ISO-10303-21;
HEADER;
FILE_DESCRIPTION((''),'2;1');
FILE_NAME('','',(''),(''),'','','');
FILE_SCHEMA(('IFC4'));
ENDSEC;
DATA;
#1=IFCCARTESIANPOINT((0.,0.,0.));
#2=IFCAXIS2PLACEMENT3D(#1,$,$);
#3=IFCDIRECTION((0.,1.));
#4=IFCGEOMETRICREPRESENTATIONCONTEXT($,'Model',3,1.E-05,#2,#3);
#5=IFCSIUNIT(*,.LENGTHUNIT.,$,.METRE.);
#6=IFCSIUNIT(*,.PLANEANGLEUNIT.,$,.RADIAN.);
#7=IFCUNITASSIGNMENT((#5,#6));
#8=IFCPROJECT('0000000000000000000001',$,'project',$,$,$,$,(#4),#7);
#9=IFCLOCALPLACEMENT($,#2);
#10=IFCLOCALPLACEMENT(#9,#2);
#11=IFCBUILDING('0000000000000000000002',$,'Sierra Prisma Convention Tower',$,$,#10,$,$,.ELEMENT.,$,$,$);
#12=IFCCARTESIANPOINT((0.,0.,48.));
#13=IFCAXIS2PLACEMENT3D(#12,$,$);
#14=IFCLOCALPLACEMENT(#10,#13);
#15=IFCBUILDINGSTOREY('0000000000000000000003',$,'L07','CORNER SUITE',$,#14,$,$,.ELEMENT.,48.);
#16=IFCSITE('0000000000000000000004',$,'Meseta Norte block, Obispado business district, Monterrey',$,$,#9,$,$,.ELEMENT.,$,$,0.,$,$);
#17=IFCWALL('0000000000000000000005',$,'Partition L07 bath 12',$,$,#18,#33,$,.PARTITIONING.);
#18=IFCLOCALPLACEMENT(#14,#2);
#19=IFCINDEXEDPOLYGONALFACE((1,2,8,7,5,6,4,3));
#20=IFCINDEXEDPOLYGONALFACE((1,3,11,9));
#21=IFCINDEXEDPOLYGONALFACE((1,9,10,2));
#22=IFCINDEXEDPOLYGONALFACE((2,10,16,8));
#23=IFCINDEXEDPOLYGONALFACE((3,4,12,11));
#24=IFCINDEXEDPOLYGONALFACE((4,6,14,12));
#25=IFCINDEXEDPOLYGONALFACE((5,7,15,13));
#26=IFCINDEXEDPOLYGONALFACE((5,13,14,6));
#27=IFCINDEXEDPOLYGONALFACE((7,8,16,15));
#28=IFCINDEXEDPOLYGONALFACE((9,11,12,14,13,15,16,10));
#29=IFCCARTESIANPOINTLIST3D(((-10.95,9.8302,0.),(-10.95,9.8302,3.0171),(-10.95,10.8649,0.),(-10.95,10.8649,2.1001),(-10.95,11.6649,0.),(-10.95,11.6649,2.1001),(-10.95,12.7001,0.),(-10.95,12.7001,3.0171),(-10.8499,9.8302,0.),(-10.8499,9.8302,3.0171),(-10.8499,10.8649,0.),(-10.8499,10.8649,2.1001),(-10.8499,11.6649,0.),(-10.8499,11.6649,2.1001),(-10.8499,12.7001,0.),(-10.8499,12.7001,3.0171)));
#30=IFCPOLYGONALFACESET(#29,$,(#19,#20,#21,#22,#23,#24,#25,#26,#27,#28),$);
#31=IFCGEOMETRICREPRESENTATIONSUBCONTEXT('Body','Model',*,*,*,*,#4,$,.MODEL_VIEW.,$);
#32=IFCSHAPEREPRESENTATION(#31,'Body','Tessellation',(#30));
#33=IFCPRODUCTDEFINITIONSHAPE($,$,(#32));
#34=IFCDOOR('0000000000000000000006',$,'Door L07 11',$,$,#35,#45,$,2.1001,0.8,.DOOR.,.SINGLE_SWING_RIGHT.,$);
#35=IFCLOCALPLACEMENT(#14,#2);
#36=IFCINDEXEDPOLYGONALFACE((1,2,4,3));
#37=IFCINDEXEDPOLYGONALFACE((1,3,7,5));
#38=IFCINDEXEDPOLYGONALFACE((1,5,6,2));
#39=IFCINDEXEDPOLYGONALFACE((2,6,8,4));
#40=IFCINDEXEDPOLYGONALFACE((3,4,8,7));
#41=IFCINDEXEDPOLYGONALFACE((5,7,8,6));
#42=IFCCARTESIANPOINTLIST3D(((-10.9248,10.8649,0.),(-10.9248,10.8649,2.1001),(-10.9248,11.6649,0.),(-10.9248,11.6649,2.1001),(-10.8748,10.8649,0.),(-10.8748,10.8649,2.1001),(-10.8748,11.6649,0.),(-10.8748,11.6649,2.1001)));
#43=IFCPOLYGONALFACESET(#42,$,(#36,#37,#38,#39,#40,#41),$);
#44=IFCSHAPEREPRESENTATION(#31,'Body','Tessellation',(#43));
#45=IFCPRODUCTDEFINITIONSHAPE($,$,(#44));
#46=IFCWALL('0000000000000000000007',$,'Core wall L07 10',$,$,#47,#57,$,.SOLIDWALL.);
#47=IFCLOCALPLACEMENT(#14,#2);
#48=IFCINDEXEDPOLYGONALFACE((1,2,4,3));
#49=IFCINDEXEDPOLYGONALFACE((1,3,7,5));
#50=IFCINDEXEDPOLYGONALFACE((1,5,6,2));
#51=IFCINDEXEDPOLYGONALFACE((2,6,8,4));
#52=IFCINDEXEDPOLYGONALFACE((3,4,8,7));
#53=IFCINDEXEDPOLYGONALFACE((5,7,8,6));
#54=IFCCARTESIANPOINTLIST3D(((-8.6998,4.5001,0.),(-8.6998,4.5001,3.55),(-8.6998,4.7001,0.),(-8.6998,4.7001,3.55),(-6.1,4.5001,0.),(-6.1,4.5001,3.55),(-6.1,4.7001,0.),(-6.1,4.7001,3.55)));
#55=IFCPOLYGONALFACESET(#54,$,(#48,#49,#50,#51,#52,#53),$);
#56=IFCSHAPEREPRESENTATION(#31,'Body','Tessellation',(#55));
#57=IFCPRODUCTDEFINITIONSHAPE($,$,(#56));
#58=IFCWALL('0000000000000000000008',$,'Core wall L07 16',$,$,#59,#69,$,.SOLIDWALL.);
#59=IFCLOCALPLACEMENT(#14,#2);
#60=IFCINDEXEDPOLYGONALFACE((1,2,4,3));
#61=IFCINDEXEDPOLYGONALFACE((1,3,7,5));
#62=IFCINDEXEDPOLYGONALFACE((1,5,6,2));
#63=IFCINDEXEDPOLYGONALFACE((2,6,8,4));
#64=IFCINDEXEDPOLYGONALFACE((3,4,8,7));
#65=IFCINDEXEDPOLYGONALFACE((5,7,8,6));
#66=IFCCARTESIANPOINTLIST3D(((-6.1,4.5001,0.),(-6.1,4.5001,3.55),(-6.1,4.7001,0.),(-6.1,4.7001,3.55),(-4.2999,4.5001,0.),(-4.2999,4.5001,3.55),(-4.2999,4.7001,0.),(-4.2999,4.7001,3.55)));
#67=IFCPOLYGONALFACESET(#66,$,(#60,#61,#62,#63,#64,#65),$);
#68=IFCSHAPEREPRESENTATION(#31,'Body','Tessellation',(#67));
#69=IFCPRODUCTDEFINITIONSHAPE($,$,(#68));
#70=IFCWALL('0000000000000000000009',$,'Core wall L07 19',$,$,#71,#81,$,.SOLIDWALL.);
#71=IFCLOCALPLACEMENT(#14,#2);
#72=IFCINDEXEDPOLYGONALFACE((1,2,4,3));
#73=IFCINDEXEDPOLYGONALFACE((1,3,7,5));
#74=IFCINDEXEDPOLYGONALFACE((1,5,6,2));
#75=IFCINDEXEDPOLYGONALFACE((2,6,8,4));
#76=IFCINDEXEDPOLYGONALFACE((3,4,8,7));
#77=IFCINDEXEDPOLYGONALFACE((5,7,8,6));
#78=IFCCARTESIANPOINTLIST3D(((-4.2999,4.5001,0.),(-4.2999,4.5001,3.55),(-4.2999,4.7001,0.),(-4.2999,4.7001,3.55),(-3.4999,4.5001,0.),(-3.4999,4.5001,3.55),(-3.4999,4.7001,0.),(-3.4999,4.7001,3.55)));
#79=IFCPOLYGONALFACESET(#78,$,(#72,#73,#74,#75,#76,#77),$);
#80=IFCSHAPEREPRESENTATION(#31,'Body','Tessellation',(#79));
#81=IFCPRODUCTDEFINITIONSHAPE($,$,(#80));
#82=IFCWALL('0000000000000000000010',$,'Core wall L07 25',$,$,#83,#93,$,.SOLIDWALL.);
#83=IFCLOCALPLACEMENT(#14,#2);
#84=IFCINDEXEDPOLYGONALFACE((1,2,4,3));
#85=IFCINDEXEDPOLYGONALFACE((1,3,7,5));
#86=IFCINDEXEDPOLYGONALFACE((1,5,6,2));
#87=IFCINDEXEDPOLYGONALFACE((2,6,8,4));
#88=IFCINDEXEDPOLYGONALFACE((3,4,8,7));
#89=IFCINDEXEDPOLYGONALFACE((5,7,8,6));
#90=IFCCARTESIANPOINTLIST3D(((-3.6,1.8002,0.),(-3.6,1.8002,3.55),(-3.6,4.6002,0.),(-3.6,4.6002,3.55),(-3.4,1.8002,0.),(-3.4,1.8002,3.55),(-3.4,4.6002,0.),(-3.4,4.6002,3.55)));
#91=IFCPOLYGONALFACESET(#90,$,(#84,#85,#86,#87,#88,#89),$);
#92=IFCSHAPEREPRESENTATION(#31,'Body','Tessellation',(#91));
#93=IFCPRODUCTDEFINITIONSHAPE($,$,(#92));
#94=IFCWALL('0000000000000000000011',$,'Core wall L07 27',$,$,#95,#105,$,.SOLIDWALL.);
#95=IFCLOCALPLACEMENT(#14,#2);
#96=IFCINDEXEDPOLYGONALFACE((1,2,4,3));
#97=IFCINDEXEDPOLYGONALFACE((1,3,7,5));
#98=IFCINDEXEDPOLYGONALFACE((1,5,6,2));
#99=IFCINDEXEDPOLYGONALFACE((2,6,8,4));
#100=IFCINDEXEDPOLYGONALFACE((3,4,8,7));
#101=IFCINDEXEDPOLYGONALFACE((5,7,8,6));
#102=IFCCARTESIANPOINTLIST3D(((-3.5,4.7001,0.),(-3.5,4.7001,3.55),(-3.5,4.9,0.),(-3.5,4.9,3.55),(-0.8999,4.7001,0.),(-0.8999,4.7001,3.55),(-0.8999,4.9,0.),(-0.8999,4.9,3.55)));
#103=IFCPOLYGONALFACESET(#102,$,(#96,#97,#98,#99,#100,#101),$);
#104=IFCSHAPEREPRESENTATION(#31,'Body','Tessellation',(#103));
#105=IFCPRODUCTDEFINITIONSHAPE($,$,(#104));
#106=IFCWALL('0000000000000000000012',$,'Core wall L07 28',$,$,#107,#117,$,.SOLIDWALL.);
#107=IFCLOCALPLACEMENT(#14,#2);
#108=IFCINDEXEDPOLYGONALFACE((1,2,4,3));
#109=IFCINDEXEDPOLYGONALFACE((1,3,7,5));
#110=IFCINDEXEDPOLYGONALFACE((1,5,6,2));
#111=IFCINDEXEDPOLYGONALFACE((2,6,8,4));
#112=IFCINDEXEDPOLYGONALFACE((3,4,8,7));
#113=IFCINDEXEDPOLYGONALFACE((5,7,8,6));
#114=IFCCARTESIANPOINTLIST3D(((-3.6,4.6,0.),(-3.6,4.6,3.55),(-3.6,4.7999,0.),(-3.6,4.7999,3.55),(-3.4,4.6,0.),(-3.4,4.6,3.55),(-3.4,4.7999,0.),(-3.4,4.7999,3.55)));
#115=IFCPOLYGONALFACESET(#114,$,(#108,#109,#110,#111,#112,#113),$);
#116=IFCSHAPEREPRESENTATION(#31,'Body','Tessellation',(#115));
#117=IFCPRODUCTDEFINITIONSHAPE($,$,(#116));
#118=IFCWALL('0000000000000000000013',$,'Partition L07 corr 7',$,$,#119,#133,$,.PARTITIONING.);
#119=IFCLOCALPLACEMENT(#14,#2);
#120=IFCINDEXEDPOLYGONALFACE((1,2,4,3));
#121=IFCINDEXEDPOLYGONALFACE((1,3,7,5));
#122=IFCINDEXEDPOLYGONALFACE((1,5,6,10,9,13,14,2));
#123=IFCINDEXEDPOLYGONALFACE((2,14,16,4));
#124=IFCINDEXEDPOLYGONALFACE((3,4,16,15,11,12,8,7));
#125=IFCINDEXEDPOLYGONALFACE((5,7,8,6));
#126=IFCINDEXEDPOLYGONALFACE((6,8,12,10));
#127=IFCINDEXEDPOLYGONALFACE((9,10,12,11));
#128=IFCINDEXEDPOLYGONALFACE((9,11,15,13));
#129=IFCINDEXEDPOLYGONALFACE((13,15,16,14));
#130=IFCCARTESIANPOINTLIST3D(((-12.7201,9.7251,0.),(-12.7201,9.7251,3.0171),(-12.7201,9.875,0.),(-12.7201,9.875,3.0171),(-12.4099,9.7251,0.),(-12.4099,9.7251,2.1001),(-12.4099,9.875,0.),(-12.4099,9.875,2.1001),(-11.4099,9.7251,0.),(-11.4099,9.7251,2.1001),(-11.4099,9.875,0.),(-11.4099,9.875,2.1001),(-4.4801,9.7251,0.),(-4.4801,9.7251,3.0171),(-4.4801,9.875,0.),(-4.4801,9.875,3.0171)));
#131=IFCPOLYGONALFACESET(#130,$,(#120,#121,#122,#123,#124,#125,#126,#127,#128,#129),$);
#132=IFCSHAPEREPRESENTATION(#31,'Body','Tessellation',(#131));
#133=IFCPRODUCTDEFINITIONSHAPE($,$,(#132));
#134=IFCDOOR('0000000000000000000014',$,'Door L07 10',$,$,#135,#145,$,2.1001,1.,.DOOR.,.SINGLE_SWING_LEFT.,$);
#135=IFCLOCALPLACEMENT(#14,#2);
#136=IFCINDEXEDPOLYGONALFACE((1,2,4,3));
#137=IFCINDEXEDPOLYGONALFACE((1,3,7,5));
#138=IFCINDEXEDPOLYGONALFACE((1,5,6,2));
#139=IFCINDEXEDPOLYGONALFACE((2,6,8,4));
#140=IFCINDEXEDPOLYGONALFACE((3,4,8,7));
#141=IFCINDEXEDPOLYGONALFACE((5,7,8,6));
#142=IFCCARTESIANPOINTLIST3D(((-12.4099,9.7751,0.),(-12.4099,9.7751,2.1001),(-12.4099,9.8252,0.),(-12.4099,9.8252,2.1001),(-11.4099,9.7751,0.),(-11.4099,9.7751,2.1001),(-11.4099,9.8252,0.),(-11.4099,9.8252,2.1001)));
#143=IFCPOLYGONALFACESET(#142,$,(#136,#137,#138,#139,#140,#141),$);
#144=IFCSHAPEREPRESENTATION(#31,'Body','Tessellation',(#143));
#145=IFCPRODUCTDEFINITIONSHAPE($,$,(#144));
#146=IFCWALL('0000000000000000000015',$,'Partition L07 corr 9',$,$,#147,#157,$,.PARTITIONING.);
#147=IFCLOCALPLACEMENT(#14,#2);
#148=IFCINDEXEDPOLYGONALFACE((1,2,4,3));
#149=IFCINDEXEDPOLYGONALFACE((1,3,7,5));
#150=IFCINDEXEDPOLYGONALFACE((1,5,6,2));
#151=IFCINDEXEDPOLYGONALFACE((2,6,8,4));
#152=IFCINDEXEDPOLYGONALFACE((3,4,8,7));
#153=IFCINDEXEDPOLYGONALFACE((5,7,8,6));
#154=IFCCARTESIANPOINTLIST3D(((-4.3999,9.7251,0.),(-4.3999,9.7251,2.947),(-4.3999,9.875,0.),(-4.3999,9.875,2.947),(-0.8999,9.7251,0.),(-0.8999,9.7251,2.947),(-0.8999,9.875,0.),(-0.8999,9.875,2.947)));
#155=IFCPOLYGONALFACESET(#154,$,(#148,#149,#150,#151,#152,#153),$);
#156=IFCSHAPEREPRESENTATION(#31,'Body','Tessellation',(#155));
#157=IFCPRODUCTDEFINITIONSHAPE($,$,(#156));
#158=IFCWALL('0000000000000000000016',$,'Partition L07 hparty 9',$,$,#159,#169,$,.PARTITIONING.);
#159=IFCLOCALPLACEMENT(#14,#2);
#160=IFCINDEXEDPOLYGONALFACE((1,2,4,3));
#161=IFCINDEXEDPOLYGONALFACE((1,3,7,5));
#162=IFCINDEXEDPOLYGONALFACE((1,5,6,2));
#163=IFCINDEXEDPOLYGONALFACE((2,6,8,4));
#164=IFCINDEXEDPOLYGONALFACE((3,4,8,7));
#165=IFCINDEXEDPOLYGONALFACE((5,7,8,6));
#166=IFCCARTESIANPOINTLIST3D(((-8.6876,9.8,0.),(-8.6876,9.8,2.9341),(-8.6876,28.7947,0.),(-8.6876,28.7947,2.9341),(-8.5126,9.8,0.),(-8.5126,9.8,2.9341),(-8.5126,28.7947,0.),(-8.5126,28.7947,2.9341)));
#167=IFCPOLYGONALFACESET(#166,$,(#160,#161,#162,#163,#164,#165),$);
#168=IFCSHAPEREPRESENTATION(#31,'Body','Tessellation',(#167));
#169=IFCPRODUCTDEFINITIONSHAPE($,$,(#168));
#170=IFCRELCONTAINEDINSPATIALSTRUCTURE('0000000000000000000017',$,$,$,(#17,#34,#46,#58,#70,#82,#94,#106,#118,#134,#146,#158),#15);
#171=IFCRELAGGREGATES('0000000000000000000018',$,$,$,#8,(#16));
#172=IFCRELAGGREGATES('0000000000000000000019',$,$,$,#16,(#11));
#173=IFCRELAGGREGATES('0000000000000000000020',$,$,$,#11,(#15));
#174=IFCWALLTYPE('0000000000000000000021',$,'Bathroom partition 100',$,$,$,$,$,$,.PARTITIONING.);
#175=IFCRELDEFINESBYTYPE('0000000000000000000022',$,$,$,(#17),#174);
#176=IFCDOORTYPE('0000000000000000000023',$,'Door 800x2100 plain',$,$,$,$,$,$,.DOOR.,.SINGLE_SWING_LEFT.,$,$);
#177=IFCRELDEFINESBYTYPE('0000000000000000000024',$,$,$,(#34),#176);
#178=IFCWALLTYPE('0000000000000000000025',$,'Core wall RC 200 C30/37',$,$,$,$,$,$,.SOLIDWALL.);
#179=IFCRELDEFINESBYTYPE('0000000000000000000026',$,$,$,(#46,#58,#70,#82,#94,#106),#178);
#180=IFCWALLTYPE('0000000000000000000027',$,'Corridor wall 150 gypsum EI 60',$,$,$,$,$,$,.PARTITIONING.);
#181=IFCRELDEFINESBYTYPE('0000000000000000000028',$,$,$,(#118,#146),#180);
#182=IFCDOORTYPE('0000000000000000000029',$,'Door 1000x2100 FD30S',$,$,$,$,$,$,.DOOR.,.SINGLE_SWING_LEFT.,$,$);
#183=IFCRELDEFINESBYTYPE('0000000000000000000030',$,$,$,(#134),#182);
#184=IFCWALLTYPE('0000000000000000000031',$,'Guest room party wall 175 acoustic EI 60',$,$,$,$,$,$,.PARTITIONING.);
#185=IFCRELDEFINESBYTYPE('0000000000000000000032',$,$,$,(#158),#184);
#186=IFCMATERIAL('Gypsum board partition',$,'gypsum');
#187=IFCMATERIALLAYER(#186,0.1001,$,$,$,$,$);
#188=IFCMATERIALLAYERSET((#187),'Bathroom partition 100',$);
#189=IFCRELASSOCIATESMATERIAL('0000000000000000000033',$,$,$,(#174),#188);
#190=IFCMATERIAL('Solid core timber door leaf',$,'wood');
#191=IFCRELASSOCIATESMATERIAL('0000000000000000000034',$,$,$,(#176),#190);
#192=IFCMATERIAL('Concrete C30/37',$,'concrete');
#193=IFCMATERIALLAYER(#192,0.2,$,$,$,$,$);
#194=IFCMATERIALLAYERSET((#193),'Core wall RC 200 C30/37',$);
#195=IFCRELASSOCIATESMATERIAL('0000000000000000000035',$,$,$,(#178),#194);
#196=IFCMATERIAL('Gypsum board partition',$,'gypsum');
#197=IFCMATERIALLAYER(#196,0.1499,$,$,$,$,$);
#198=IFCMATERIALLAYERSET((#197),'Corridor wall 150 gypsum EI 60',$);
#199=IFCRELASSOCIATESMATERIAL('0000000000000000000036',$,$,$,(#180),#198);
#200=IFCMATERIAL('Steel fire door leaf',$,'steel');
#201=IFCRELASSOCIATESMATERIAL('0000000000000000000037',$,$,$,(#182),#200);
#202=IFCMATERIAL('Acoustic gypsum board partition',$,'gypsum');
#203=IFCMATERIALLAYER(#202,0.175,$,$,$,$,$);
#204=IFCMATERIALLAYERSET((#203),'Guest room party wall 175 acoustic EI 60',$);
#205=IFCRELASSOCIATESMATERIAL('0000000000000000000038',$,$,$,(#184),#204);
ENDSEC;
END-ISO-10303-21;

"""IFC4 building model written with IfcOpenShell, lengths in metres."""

from ifc_helpers import new_model, si_unit, direction, frame, frame_2d, origin, place, context, subcontext, project, spatial, rectangle, extrude, material, layer, layer_set, type_object, element, fill, save


model = new_model("IFC4")

# Units and contexts
model_context = context("Model", 3, precision=1e-05, world=origin(), true_north=direction((0.0, 1.0)))
body_context = subcontext(model_context, "Body", "Model", "MODEL_VIEW")
ifc_project = project(units=[si_unit("LENGTHUNIT", "METRE"), si_unit("PLANEANGLEUNIT", "RADIAN")], contexts=[model_context])

# Site, building, storey
site_placement = place(None, origin())
site = spatial("IfcSite", under=ifc_project, at=site_placement, Name="Meseta Norte block, Obispado business district, Monterrey", CompositionType="ELEMENT", RefElevation=0.0)
building_placement = place(site_placement, origin())
building = spatial("IfcBuilding", under=site, at=building_placement, Name="Sierra Prisma Convention Tower", CompositionType="ELEMENT")
storey_placement = place(building_placement, frame((0.0, 0.0, 48.0)))
storey = spatial("IfcBuildingStorey", under=building, at=storey_placement, Name="L07", Description="CORNER SUITE", CompositionType="ELEMENT", Elevation=48.0)

# Wall, opening, door
ifc_material_1 = material(Name="Gypsum board partition", Category="gypsum")
ifc_layer_1 = layer(ifc_material_1, 0.1001)
ifc_layer_set_1 = layer_set([ifc_layer_1], Name="Bathroom partition 100")
wall_type_1 = type_object("IfcWallType", Name="Bathroom partition 100", PredefinedType="PARTITIONING", material=ifc_layer_set_1)
wall_1_placement = place(storey_placement, frame((-10.8999, 9.8301, 0.0), z_axis=(0.0, 0.0, 1.0), x_axis=(0.0, 1.0, 0.0)))
wall_1 = element("IfcWall", 1, at=wall_1_placement, inside=storey, type_object=wall_type_1, Name="Partition L07 bath 12", PredefinedType="PARTITIONING", context=body_context, shape_type="SweptSolid", body=[
    extrude(rectangle(XDim=2.8699, YDim=0.1001, at=frame_2d((1.4351, 0.0))), origin(), (0.0, 0.0, 1.0), 3.0171),
])
opening_1_placement = place(wall_1_placement, frame((1.0349, 0.0, 0.0)))
opening_1 = element("IfcOpeningElement", 2, at=opening_1_placement, cuts=wall_1, PredefinedType="OPENING", context=body_context, shape_type="SweptSolid", body=[
    extrude(rectangle(XDim=0.8, YDim=2.1001, at=frame_2d((0.3999, 1.05))), frame((0.0, 0.05, 0.0), z_axis=(0.0, -1.0, 0.0), x_axis=(1.0, 0.0, 0.0)), (0.0, 0.0, 1.0), 0.1001),
])
ifc_material_2 = material(Name="Solid core timber door leaf", Category="wood")
door_type_1 = type_object("IfcDoorType", Name="Door 800x2100 plain", OperationType="SINGLE_SWING_LEFT", PredefinedType="DOOR", material=ifc_material_2)
door_1_placement = place(opening_1_placement, origin())
door_1 = element("IfcDoor", 3, at=door_1_placement, inside=storey, type_object=door_type_1, Name="Door L07 11", OperationType="SINGLE_SWING_RIGHT", OverallHeight=2.1001, OverallWidth=0.8, PredefinedType="DOOR", context=body_context, shape_type="SweptSolid", body=[
    extrude(rectangle(XDim=0.8, YDim=2.1001, at=frame_2d((0.3999, 1.05))), frame((0.0, 0.0249, 0.0), z_axis=(0.0, -1.0, 0.0), x_axis=(1.0, 0.0, 0.0)), (0.0, 0.0, 1.0), 0.05),
])
fill(opening_1, door_1)

# Walls
ifc_material_3 = material(Name="Concrete C30/37", Category="concrete")
ifc_layer_2 = layer(ifc_material_3, 0.2)
ifc_layer_set_2 = layer_set([ifc_layer_2], Name="Core wall RC 200 C30/37")
wall_type_2 = type_object("IfcWallType", Name="Core wall RC 200 C30/37", PredefinedType="SOLIDWALL", material=ifc_layer_set_2)
wall_2_placement = place(storey_placement, frame((-6.1001, 4.6001, 0.0), z_axis=(0.0, 0.0, 1.0), x_axis=(-1.0, 0.0, 0.0)))
element("IfcWall", 4, at=wall_2_placement, inside=storey, type_object=wall_type_2, Name="Core wall L07 10", PredefinedType="SOLIDWALL", context=body_context, shape_type="SweptSolid", body=[
    extrude(rectangle(XDim=2.5999, YDim=0.2, at=frame_2d((1.2998, 0.0))), origin(), (0.0, 0.0, 1.0), 3.55),
])
wall_3_placement = place(storey_placement, frame((-4.3, 4.6001, 0.0), z_axis=(0.0, 0.0, 1.0), x_axis=(-1.0, 0.0, 0.0)))
element("IfcWall", 5, at=wall_3_placement, inside=storey, type_object=wall_type_2, Name="Core wall L07 16", PredefinedType="SOLIDWALL", context=body_context, shape_type="SweptSolid", body=[
    extrude(rectangle(XDim=1.8, YDim=0.2, at=frame_2d((0.8999, 0.0))), origin(), (0.0, 0.0, 1.0), 3.55),
])
wall_4_placement = place(storey_placement, frame((-3.5, 4.6001, 0.0), z_axis=(0.0, 0.0, 1.0), x_axis=(-1.0, 0.0, 0.0)))
element("IfcWall", 6, at=wall_4_placement, inside=storey, type_object=wall_type_2, Name="Core wall L07 19", PredefinedType="SOLIDWALL", context=body_context, shape_type="SweptSolid", body=[
    extrude(rectangle(XDim=0.8, YDim=0.2, at=frame_2d((0.3999, 0.0))), origin(), (0.0, 0.0, 1.0), 3.55),
])

# Walls
wall_5_placement = place(storey_placement, frame((-3.5, 4.6001, 0.0), z_axis=(0.0, 0.0, 1.0), x_axis=(0.0, -1.0, 0.0)))
element("IfcWall", 7, at=wall_5_placement, inside=storey, type_object=wall_type_2, Name="Core wall L07 25", PredefinedType="SOLIDWALL", context=body_context, shape_type="SweptSolid", body=[
    extrude(rectangle(XDim=2.8, YDim=0.2, at=frame_2d((1.3999, 0.0))), origin(), (0.0, 0.0, 1.0), 3.55),
])
wall_6_placement = place(storey_placement, frame((-0.8999, 4.8, 0.0), z_axis=(0.0, 0.0, 1.0), x_axis=(-1.0, 0.0, 0.0)))
element("IfcWall", 8, at=wall_6_placement, inside=storey, type_object=wall_type_2, Name="Core wall L07 27", PredefinedType="SOLIDWALL", context=body_context, shape_type="SweptSolid", body=[
    extrude(rectangle(XDim=2.6001, YDim=0.2, at=frame_2d((1.3, 0.0))), origin(), (0.0, 0.0, 1.0), 3.55),
])
wall_7_placement = place(storey_placement, frame((-3.5, 4.8, 0.0), z_axis=(0.0, 0.0, 1.0), x_axis=(0.0, -1.0, 0.0)))
element("IfcWall", 9, at=wall_7_placement, inside=storey, type_object=wall_type_2, Name="Core wall L07 28", PredefinedType="SOLIDWALL", context=body_context, shape_type="SweptSolid", body=[
    extrude(rectangle(XDim=0.2, YDim=0.2, at=frame_2d((0.1001, 0.0))), origin(), (0.0, 0.0, 1.0), 3.55),
])

# Wall, opening, door
ifc_material_4 = material(Name="Gypsum board partition", Category="gypsum")
ifc_layer_3 = layer(ifc_material_4, 0.1499)
ifc_layer_set_3 = layer_set([ifc_layer_3], Name="Corridor wall 150 gypsum EI 60")
wall_type_3 = type_object("IfcWallType", Name="Corridor wall 150 gypsum EI 60", PredefinedType="PARTITIONING", material=ifc_layer_set_3)
wall_8_placement = place(storey_placement, frame((-4.48, 9.8, 0.0), z_axis=(0.0, 0.0, 1.0), x_axis=(-1.0, 0.0, 0.0)))
wall_8 = element("IfcWall", 10, at=wall_8_placement, inside=storey, type_object=wall_type_3, Name="Partition L07 corr 7", PredefinedType="PARTITIONING", context=body_context, shape_type="SweptSolid", body=[
    extrude(rectangle(XDim=8.24, YDim=0.1499, at=frame_2d((4.1201, 0.0))), origin(), (0.0, 0.0, 1.0), 3.0171),
])
opening_2_placement = place(wall_8_placement, frame((6.9299, 0.0, 0.0)))
opening_2 = element("IfcOpeningElement", 11, at=opening_2_placement, cuts=wall_8, PredefinedType="OPENING", context=body_context, shape_type="SweptSolid", body=[
    extrude(rectangle(XDim=1.0, YDim=2.1001, at=frame_2d((0.5, 1.05))), frame((0.0, 0.075, 0.0), z_axis=(0.0, -1.0, 0.0), x_axis=(1.0, 0.0, 0.0)), (0.0, 0.0, 1.0), 0.1499),
])
ifc_material_5 = material(Name="Steel fire door leaf", Category="steel")
door_type_2 = type_object("IfcDoorType", Name="Door 1000x2100 FD30S", OperationType="SINGLE_SWING_LEFT", PredefinedType="DOOR", material=ifc_material_5)
door_2_placement = place(opening_2_placement, origin())
door_2 = element("IfcDoor", 12, at=door_2_placement, inside=storey, type_object=door_type_2, Name="Door L07 10", OperationType="SINGLE_SWING_LEFT", OverallHeight=2.1001, OverallWidth=1.0, PredefinedType="DOOR", context=body_context, shape_type="SweptSolid", body=[
    extrude(rectangle(XDim=1.0, YDim=2.1001, at=frame_2d((0.5, 1.05))), frame((0.0, 0.0249, 0.0), z_axis=(0.0, -1.0, 0.0), x_axis=(1.0, 0.0, 0.0)), (0.0, 0.0, 1.0), 0.05),
])
fill(opening_2, door_2)

# Walls
wall_9_placement = place(storey_placement, frame((-0.8999, 9.8, 0.0), z_axis=(0.0, 0.0, 1.0), x_axis=(-1.0, 0.0, 0.0)))
element("IfcWall", 13, at=wall_9_placement, inside=storey, type_object=wall_type_3, Name="Partition L07 corr 9", PredefinedType="PARTITIONING", context=body_context, shape_type="SweptSolid", body=[
    extrude(rectangle(XDim=3.5, YDim=0.1499, at=frame_2d((1.75, 0.0))), origin(), (0.0, 0.0, 1.0), 2.947),
])
ifc_material_6 = material(Name="Acoustic gypsum board partition", Category="gypsum")
ifc_layer_4 = layer(ifc_material_6, 0.175)
ifc_layer_set_4 = layer_set([ifc_layer_4], Name="Guest room party wall 175 acoustic EI 60")
wall_type_4 = type_object("IfcWallType", Name="Guest room party wall 175 acoustic EI 60", PredefinedType="PARTITIONING", material=ifc_layer_set_4)
wall_10_placement = place(storey_placement, frame((-8.6001, 9.8, 0.0), z_axis=(0.0, 0.0, 1.0), x_axis=(0.0, 1.0, 0.0)))
element("IfcWall", 14, at=wall_10_placement, inside=storey, type_object=wall_type_4, Name="Partition L07 hparty 9", PredefinedType="PARTITIONING", context=body_context, shape_type="SweptSolid", body=[
    extrude(rectangle(XDim=18.9946, YDim=0.175, at=frame_2d((9.4973, 0.0))), origin(), (0.0, 0.0, 1.0), 2.9341),
])

save(model, "model.ifc")
